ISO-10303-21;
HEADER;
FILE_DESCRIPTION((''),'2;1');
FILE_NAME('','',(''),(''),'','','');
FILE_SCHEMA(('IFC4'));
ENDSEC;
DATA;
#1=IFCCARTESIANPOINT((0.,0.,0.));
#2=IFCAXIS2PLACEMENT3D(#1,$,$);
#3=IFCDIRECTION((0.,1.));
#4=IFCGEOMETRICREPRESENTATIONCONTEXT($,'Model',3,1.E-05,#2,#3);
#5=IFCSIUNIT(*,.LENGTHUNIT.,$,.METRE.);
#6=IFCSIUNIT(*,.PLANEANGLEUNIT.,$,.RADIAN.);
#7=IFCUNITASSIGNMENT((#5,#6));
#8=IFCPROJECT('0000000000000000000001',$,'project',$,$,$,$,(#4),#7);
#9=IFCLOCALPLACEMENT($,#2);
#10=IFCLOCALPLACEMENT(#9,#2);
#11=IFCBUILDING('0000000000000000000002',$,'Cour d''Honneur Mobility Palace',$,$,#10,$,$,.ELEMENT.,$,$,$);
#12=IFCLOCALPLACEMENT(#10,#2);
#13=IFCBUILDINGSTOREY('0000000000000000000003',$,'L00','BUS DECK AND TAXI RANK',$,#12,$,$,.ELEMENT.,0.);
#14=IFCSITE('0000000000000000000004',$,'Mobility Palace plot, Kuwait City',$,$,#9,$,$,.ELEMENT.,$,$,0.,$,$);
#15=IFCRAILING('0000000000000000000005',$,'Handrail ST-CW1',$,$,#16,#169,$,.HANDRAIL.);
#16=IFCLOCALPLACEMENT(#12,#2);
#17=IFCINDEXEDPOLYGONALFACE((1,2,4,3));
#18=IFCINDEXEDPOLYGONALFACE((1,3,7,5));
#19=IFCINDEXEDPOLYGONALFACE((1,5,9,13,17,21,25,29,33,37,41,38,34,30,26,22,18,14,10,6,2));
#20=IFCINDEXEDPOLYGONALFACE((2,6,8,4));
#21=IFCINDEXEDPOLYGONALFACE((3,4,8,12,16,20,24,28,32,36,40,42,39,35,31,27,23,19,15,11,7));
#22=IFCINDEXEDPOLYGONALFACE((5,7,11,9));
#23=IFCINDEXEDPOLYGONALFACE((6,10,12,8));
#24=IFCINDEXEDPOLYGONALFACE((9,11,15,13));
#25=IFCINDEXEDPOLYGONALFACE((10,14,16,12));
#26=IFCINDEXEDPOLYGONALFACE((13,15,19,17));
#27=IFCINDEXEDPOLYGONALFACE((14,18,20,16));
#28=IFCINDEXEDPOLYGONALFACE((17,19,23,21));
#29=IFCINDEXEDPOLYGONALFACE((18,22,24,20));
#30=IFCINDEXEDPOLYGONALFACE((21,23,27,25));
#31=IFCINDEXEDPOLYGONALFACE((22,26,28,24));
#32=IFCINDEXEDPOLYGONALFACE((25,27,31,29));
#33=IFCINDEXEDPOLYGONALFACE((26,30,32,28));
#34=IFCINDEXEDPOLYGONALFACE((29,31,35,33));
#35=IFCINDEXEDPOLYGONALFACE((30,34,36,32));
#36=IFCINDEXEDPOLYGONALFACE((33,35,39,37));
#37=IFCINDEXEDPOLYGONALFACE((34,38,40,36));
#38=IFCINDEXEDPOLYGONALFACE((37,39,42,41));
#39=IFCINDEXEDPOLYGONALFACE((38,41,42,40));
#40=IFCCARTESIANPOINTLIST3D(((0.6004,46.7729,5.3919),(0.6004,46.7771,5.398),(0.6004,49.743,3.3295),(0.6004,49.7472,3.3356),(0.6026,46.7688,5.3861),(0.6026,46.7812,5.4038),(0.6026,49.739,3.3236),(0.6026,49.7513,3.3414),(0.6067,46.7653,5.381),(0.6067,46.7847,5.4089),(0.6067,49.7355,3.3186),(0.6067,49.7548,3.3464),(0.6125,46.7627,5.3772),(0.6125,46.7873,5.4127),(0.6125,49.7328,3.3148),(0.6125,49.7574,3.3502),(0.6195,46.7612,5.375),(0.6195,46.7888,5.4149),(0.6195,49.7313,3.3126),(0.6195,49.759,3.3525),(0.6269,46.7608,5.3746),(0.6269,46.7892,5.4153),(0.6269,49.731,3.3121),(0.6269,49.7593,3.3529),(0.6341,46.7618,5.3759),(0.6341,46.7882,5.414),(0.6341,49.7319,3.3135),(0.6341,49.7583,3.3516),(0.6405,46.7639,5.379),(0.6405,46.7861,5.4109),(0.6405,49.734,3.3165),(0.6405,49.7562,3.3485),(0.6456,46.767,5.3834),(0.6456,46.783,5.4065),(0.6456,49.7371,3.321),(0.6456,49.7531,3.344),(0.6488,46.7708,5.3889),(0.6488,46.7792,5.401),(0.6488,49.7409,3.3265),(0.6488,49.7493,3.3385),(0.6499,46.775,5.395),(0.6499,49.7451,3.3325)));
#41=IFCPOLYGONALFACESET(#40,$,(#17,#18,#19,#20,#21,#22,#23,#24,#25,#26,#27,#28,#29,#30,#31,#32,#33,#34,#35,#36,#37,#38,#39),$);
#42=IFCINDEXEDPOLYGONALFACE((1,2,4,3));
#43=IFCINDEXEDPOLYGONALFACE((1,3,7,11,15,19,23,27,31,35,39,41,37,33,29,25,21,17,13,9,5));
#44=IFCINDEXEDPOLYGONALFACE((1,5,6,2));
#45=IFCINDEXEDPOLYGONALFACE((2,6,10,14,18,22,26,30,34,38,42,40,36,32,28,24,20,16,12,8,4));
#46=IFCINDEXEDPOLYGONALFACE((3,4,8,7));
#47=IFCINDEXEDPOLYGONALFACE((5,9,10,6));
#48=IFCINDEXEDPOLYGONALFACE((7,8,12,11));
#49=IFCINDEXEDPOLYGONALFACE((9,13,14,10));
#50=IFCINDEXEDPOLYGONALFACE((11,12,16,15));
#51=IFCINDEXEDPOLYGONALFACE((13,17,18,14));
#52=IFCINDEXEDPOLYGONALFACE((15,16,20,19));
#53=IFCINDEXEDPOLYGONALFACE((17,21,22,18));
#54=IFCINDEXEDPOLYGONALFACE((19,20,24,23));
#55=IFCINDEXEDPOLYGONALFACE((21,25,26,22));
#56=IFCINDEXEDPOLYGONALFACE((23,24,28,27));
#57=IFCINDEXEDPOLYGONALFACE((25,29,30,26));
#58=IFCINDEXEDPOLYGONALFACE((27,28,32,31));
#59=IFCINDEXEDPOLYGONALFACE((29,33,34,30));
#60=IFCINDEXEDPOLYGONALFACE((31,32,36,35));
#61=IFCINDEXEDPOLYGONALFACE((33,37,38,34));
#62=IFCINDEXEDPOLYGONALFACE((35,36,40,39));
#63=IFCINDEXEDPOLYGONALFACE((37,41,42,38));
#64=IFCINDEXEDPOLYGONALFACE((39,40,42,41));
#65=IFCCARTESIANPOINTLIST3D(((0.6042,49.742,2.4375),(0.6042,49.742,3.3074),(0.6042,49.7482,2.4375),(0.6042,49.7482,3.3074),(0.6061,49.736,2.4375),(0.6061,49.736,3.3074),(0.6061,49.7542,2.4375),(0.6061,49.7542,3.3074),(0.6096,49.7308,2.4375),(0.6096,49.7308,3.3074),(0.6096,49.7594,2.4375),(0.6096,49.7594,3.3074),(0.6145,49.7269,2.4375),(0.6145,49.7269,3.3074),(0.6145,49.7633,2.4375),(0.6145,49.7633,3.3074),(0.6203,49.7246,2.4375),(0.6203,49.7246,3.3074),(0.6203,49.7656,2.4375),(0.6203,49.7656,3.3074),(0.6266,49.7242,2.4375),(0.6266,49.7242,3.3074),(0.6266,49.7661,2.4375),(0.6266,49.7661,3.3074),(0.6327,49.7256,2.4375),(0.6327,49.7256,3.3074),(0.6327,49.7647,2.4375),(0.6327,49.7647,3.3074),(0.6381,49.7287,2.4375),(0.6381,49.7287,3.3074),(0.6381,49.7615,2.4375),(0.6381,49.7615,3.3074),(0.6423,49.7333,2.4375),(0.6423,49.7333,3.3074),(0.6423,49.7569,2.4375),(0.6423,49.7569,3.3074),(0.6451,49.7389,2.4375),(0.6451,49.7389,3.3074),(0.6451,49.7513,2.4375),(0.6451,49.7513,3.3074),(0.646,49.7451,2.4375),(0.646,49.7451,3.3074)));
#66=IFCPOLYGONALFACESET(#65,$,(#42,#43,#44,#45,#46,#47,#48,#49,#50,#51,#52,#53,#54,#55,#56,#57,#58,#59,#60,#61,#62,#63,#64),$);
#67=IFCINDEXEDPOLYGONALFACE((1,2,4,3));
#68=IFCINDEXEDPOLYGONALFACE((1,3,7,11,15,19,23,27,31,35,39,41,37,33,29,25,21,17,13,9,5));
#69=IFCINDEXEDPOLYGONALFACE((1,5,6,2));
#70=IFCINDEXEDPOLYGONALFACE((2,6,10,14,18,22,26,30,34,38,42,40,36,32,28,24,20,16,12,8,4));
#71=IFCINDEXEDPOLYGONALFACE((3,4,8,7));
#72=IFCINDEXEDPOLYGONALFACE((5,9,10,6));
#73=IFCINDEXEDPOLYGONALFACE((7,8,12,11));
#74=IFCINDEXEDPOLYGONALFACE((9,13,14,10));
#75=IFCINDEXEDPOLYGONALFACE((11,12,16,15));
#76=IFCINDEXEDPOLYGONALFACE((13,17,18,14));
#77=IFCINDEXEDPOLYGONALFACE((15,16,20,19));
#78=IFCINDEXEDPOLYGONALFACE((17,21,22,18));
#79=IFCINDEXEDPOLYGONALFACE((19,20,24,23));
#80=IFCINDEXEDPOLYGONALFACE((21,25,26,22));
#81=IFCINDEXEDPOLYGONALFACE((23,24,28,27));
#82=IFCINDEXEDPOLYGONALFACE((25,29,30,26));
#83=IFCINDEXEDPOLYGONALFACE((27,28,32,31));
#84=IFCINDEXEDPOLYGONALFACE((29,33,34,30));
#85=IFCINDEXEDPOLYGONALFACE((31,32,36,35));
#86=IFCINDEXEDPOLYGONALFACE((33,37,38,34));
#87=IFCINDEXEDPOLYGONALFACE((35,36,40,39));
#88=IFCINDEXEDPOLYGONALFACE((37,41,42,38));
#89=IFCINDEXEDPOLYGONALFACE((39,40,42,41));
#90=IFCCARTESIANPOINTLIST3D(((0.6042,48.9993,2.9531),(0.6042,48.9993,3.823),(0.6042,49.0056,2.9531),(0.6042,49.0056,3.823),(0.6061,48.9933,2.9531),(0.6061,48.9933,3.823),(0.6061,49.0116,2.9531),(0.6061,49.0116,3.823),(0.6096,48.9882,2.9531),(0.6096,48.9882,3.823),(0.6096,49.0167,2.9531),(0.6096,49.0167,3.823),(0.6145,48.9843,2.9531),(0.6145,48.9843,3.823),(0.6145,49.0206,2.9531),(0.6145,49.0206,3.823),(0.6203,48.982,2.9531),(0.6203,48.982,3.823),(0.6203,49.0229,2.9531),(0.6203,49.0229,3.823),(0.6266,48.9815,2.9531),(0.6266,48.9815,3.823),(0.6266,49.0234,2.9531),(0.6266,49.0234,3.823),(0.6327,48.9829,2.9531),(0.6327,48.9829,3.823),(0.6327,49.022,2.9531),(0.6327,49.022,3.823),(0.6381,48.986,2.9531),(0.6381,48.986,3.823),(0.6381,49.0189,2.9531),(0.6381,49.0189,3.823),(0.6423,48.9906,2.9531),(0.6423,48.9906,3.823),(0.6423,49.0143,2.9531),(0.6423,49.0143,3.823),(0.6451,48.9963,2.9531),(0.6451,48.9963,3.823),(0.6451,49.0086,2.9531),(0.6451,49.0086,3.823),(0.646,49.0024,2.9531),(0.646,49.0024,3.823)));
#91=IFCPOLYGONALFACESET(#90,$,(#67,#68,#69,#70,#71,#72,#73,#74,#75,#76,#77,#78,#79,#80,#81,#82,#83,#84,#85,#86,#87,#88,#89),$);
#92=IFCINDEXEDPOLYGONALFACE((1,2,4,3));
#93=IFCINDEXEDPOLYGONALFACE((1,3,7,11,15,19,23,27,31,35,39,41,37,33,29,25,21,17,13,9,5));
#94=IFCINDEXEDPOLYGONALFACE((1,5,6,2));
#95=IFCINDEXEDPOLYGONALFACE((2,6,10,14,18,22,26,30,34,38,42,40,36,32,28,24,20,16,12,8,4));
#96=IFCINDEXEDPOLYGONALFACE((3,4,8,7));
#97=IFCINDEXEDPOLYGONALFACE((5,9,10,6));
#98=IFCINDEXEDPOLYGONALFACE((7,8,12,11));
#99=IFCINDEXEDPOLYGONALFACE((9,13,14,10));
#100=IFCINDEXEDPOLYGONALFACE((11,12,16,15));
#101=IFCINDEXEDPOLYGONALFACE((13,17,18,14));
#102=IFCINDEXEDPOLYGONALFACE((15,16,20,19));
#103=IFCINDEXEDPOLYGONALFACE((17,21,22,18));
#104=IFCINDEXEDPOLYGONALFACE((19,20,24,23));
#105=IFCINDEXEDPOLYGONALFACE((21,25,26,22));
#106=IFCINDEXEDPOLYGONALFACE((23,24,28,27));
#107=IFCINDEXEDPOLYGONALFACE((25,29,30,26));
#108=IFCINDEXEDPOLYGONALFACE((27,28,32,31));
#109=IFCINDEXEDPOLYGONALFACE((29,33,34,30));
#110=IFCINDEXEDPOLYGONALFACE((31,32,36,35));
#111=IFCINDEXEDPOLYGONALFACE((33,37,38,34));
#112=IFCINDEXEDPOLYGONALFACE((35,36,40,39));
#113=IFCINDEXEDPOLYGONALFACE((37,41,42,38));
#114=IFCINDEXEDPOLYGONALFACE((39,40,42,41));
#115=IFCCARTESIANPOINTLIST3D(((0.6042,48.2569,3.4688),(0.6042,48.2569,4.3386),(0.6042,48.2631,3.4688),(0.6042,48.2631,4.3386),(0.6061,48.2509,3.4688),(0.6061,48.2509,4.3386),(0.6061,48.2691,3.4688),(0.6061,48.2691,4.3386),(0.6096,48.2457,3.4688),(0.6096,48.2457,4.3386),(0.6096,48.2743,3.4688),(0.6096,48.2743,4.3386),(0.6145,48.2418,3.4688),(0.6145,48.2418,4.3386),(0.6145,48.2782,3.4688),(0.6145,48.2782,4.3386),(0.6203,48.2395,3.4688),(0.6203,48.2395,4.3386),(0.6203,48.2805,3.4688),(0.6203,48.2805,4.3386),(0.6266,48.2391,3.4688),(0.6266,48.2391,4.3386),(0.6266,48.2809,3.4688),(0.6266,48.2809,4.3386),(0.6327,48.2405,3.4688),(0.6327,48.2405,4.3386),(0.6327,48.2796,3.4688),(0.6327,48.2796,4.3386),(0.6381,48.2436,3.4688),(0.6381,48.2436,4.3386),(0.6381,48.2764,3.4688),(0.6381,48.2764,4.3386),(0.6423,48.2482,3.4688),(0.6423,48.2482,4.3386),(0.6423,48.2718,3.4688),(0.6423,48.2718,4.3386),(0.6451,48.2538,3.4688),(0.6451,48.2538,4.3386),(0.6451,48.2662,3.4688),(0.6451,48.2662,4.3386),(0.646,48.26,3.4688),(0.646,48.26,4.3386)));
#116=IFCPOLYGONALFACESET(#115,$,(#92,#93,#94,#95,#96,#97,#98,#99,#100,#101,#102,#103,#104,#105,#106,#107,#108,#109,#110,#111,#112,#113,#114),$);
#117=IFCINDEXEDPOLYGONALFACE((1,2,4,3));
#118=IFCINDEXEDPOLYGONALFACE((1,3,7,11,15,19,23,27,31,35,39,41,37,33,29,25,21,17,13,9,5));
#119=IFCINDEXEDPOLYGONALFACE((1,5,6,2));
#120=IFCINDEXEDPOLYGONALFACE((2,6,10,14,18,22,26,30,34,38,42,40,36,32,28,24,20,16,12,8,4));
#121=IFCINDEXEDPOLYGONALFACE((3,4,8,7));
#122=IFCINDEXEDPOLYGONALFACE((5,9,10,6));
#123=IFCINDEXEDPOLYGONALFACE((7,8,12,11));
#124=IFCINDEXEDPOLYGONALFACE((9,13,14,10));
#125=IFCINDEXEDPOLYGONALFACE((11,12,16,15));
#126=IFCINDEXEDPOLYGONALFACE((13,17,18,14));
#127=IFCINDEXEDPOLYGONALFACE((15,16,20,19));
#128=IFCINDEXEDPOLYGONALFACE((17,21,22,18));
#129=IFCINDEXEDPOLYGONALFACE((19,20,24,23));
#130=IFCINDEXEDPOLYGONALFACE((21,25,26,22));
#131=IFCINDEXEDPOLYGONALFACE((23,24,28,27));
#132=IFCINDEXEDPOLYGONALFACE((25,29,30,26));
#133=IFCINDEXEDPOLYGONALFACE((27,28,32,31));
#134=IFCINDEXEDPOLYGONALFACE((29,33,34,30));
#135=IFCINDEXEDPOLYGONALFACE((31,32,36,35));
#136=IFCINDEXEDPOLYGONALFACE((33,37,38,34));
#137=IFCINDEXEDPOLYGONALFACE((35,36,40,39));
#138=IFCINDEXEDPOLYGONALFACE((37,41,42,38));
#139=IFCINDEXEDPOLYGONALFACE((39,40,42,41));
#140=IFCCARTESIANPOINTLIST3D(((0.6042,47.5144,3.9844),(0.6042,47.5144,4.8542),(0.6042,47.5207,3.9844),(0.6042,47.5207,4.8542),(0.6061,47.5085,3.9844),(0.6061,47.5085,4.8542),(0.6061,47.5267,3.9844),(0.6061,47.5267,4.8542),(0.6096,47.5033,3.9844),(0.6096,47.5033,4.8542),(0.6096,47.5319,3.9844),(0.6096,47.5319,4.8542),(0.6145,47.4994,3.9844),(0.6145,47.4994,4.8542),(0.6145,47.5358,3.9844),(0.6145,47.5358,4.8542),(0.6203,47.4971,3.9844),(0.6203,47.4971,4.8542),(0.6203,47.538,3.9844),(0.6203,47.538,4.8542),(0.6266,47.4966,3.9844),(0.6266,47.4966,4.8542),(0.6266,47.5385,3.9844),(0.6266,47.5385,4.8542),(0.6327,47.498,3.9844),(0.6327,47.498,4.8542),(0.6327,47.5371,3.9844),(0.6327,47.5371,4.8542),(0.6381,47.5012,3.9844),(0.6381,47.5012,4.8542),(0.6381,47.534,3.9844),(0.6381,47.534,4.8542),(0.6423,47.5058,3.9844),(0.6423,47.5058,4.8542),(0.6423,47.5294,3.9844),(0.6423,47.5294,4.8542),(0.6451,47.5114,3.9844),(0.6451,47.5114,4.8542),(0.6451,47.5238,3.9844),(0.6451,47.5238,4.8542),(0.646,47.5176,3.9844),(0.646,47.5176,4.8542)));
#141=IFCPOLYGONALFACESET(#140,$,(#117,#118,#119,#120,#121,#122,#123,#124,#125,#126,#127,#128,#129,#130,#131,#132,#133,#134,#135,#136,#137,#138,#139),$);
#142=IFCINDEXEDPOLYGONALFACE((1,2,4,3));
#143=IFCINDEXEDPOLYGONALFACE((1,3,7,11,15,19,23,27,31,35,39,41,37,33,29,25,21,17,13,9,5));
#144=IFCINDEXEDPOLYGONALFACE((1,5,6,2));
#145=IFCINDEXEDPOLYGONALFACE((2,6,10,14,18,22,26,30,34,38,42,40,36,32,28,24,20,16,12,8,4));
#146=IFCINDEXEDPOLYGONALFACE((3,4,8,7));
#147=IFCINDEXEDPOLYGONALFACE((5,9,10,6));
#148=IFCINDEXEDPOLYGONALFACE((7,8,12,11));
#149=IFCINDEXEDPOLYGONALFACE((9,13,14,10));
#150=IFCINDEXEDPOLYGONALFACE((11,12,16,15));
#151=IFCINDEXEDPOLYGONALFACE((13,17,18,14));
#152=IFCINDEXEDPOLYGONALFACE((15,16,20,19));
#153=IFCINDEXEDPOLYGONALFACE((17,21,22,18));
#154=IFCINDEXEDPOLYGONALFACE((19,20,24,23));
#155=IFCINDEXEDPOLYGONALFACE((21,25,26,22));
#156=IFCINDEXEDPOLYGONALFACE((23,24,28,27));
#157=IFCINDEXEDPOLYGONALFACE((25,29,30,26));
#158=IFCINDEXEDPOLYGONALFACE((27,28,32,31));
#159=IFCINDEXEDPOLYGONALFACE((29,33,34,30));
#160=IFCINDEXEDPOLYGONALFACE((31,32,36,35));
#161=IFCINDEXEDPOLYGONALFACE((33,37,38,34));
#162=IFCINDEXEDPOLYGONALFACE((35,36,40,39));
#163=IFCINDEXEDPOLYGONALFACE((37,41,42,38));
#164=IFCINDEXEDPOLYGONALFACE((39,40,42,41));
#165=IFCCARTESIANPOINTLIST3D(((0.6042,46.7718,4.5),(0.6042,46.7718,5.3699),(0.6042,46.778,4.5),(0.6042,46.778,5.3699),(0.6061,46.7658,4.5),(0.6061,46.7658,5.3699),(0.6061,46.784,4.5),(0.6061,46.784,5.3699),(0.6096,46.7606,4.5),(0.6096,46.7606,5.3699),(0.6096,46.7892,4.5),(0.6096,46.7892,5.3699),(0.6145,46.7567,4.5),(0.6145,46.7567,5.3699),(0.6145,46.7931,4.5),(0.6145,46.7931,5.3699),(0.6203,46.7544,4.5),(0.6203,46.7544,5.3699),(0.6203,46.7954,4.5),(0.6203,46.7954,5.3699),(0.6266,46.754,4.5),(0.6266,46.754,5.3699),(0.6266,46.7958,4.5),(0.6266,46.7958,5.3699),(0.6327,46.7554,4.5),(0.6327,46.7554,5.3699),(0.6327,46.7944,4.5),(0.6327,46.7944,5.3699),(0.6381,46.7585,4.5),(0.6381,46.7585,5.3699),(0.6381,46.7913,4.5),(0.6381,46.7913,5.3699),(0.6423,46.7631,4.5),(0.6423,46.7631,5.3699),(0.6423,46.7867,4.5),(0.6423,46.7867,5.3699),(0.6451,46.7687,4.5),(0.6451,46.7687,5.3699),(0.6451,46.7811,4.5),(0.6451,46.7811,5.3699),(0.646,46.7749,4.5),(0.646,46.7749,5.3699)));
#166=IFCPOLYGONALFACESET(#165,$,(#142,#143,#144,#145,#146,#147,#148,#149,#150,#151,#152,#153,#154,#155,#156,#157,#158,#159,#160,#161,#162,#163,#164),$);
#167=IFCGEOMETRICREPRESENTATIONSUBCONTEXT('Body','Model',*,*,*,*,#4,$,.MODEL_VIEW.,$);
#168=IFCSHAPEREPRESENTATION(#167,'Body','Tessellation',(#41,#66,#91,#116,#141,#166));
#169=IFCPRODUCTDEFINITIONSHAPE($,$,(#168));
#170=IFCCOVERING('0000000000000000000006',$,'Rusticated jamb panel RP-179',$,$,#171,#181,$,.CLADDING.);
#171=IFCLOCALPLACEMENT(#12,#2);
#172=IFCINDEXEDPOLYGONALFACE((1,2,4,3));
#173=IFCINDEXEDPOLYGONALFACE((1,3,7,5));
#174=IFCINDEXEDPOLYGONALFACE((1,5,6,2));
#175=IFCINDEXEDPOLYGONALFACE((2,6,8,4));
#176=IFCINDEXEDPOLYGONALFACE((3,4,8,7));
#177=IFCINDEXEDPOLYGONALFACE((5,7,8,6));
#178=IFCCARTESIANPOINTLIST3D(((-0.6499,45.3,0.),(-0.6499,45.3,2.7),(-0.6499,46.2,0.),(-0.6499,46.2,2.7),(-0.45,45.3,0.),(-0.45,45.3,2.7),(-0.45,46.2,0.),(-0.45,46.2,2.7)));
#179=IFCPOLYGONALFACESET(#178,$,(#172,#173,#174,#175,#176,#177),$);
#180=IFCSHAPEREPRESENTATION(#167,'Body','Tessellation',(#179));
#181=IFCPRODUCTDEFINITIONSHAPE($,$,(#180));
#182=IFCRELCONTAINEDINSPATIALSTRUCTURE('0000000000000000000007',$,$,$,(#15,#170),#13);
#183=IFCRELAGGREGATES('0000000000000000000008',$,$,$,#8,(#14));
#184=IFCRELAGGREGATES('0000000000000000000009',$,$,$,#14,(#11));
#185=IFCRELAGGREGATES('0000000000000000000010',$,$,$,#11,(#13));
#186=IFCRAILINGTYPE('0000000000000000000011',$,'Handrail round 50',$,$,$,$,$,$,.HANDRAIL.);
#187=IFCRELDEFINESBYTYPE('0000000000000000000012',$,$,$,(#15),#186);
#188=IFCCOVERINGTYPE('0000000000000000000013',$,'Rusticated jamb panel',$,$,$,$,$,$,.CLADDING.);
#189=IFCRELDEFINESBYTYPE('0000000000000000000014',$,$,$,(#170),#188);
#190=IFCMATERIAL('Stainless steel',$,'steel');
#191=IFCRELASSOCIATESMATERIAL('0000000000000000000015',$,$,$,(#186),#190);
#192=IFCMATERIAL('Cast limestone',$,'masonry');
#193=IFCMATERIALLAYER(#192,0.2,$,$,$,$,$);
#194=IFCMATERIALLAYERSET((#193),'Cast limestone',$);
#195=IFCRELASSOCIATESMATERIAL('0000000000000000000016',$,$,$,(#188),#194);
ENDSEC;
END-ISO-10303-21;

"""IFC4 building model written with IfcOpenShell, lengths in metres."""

from ifc_helpers import new_model, si_unit, direction, frame, origin, origin_2d, place, context, subcontext, project, spatial, polyline, circle, outline, extrude, material, layer, layer_set, type_object, element, save


model = new_model("IFC4")

# Units and contexts
model_context = context("Model", 3, precision=1e-05, world=origin(), true_north=direction((0.0, 1.0)))
body_context = subcontext(model_context, "Body", "Model", "MODEL_VIEW")
ifc_project = project(units=[si_unit("LENGTHUNIT", "METRE"), si_unit("PLANEANGLEUNIT", "RADIAN")], contexts=[model_context])

# Site, building, storey
site_placement = place(None, origin())
site = spatial("IfcSite", under=ifc_project, at=site_placement, Name="Mobility Palace plot, Kuwait City", CompositionType="ELEMENT", RefElevation=0.0)
building_placement = place(site_placement, origin())
building = spatial("IfcBuilding", under=site, at=building_placement, Name="Cour d'Honneur Mobility Palace", CompositionType="ELEMENT")
storey_placement = place(building_placement, origin())
storey = spatial("IfcBuildingStorey", under=building, at=storey_placement, Name="L00", Description="BUS DECK AND TAXI RANK", CompositionType="ELEMENT", Elevation=0.0)

# Railing
ifc_material_1 = material(Name="Stainless steel", Category="steel")
railing_type = type_object("IfcRailingType", Name="Handrail round 50", PredefinedType="HANDRAIL", material=ifc_material_1)
for number, where, name in (
    (1, (0.625, 49.7451, 2.4375), "Handrail ST-CW1"),
):
    element("IfcRailing", number, at=place(storey_placement, frame(where)), inside=storey, type_object=railing_type, Name=name, PredefinedType="HANDRAIL", context=body_context, shape_type="SweptSolid", body=[
        extrude(circle(Radius=0.0249, at=origin_2d()), frame((0.0, 0.0, 0.895), z_axis=(0.0, -0.821389, 0.570368), x_axis=(1.0, 0.0, 0.0)), (0.0, 0.0, 1.0), 3.616),
        extrude(circle(Radius=0.021, at=origin_2d()), origin(), (0.0, 0.0, 1.0), 0.8699),
        extrude(circle(Radius=0.021, at=origin_2d()), frame((0.0, -0.7427, 0.5156)), (0.0, 0.0, 1.0), 0.8699),
        extrude(circle(Radius=0.021, at=origin_2d()), frame((0.0, -1.4851, 1.0312)), (0.0, 0.0, 1.0), 0.8699),
        extrude(circle(Radius=0.021, at=origin_2d()), frame((0.0, -2.2275, 1.5469)), (0.0, 0.0, 1.0), 0.8699),
        extrude(circle(Radius=0.021, at=origin_2d()), frame((0.0, -2.9702, 2.0625)), (0.0, 0.0, 1.0), 0.8699),
    ])

# Covering
ifc_material_2 = material(Name="Cast limestone", Category="masonry")
ifc_layer_1 = layer(ifc_material_2, 0.2)
ifc_layer_set_1 = layer_set([ifc_layer_1], Name="Cast limestone")
covering_type = type_object("IfcCoveringType", Name="Rusticated jamb panel", PredefinedType="CLADDING", material=ifc_layer_set_1)
covering_placement = place(storey_placement, frame((-0.6499, 46.2, 0.0), z_axis=(-1.0, 0.0, 0.0), x_axis=(0.0, -1.0, 0.0)))
element("IfcCovering", 2, at=covering_placement, inside=storey, type_object=covering_type, Name="Rusticated jamb panel RP-179", PredefinedType="CLADDING", context=body_context, shape_type="SweptSolid", body=[
    extrude(outline(polyline([(0.0, 0.0), (0.8999, 0.0), (0.8999, 2.7), (0.0, 2.7), (0.0, 0.0)])), origin(), (0.0, 0.0, -1.0), 0.2),
])

save(model, "model.ifc")
